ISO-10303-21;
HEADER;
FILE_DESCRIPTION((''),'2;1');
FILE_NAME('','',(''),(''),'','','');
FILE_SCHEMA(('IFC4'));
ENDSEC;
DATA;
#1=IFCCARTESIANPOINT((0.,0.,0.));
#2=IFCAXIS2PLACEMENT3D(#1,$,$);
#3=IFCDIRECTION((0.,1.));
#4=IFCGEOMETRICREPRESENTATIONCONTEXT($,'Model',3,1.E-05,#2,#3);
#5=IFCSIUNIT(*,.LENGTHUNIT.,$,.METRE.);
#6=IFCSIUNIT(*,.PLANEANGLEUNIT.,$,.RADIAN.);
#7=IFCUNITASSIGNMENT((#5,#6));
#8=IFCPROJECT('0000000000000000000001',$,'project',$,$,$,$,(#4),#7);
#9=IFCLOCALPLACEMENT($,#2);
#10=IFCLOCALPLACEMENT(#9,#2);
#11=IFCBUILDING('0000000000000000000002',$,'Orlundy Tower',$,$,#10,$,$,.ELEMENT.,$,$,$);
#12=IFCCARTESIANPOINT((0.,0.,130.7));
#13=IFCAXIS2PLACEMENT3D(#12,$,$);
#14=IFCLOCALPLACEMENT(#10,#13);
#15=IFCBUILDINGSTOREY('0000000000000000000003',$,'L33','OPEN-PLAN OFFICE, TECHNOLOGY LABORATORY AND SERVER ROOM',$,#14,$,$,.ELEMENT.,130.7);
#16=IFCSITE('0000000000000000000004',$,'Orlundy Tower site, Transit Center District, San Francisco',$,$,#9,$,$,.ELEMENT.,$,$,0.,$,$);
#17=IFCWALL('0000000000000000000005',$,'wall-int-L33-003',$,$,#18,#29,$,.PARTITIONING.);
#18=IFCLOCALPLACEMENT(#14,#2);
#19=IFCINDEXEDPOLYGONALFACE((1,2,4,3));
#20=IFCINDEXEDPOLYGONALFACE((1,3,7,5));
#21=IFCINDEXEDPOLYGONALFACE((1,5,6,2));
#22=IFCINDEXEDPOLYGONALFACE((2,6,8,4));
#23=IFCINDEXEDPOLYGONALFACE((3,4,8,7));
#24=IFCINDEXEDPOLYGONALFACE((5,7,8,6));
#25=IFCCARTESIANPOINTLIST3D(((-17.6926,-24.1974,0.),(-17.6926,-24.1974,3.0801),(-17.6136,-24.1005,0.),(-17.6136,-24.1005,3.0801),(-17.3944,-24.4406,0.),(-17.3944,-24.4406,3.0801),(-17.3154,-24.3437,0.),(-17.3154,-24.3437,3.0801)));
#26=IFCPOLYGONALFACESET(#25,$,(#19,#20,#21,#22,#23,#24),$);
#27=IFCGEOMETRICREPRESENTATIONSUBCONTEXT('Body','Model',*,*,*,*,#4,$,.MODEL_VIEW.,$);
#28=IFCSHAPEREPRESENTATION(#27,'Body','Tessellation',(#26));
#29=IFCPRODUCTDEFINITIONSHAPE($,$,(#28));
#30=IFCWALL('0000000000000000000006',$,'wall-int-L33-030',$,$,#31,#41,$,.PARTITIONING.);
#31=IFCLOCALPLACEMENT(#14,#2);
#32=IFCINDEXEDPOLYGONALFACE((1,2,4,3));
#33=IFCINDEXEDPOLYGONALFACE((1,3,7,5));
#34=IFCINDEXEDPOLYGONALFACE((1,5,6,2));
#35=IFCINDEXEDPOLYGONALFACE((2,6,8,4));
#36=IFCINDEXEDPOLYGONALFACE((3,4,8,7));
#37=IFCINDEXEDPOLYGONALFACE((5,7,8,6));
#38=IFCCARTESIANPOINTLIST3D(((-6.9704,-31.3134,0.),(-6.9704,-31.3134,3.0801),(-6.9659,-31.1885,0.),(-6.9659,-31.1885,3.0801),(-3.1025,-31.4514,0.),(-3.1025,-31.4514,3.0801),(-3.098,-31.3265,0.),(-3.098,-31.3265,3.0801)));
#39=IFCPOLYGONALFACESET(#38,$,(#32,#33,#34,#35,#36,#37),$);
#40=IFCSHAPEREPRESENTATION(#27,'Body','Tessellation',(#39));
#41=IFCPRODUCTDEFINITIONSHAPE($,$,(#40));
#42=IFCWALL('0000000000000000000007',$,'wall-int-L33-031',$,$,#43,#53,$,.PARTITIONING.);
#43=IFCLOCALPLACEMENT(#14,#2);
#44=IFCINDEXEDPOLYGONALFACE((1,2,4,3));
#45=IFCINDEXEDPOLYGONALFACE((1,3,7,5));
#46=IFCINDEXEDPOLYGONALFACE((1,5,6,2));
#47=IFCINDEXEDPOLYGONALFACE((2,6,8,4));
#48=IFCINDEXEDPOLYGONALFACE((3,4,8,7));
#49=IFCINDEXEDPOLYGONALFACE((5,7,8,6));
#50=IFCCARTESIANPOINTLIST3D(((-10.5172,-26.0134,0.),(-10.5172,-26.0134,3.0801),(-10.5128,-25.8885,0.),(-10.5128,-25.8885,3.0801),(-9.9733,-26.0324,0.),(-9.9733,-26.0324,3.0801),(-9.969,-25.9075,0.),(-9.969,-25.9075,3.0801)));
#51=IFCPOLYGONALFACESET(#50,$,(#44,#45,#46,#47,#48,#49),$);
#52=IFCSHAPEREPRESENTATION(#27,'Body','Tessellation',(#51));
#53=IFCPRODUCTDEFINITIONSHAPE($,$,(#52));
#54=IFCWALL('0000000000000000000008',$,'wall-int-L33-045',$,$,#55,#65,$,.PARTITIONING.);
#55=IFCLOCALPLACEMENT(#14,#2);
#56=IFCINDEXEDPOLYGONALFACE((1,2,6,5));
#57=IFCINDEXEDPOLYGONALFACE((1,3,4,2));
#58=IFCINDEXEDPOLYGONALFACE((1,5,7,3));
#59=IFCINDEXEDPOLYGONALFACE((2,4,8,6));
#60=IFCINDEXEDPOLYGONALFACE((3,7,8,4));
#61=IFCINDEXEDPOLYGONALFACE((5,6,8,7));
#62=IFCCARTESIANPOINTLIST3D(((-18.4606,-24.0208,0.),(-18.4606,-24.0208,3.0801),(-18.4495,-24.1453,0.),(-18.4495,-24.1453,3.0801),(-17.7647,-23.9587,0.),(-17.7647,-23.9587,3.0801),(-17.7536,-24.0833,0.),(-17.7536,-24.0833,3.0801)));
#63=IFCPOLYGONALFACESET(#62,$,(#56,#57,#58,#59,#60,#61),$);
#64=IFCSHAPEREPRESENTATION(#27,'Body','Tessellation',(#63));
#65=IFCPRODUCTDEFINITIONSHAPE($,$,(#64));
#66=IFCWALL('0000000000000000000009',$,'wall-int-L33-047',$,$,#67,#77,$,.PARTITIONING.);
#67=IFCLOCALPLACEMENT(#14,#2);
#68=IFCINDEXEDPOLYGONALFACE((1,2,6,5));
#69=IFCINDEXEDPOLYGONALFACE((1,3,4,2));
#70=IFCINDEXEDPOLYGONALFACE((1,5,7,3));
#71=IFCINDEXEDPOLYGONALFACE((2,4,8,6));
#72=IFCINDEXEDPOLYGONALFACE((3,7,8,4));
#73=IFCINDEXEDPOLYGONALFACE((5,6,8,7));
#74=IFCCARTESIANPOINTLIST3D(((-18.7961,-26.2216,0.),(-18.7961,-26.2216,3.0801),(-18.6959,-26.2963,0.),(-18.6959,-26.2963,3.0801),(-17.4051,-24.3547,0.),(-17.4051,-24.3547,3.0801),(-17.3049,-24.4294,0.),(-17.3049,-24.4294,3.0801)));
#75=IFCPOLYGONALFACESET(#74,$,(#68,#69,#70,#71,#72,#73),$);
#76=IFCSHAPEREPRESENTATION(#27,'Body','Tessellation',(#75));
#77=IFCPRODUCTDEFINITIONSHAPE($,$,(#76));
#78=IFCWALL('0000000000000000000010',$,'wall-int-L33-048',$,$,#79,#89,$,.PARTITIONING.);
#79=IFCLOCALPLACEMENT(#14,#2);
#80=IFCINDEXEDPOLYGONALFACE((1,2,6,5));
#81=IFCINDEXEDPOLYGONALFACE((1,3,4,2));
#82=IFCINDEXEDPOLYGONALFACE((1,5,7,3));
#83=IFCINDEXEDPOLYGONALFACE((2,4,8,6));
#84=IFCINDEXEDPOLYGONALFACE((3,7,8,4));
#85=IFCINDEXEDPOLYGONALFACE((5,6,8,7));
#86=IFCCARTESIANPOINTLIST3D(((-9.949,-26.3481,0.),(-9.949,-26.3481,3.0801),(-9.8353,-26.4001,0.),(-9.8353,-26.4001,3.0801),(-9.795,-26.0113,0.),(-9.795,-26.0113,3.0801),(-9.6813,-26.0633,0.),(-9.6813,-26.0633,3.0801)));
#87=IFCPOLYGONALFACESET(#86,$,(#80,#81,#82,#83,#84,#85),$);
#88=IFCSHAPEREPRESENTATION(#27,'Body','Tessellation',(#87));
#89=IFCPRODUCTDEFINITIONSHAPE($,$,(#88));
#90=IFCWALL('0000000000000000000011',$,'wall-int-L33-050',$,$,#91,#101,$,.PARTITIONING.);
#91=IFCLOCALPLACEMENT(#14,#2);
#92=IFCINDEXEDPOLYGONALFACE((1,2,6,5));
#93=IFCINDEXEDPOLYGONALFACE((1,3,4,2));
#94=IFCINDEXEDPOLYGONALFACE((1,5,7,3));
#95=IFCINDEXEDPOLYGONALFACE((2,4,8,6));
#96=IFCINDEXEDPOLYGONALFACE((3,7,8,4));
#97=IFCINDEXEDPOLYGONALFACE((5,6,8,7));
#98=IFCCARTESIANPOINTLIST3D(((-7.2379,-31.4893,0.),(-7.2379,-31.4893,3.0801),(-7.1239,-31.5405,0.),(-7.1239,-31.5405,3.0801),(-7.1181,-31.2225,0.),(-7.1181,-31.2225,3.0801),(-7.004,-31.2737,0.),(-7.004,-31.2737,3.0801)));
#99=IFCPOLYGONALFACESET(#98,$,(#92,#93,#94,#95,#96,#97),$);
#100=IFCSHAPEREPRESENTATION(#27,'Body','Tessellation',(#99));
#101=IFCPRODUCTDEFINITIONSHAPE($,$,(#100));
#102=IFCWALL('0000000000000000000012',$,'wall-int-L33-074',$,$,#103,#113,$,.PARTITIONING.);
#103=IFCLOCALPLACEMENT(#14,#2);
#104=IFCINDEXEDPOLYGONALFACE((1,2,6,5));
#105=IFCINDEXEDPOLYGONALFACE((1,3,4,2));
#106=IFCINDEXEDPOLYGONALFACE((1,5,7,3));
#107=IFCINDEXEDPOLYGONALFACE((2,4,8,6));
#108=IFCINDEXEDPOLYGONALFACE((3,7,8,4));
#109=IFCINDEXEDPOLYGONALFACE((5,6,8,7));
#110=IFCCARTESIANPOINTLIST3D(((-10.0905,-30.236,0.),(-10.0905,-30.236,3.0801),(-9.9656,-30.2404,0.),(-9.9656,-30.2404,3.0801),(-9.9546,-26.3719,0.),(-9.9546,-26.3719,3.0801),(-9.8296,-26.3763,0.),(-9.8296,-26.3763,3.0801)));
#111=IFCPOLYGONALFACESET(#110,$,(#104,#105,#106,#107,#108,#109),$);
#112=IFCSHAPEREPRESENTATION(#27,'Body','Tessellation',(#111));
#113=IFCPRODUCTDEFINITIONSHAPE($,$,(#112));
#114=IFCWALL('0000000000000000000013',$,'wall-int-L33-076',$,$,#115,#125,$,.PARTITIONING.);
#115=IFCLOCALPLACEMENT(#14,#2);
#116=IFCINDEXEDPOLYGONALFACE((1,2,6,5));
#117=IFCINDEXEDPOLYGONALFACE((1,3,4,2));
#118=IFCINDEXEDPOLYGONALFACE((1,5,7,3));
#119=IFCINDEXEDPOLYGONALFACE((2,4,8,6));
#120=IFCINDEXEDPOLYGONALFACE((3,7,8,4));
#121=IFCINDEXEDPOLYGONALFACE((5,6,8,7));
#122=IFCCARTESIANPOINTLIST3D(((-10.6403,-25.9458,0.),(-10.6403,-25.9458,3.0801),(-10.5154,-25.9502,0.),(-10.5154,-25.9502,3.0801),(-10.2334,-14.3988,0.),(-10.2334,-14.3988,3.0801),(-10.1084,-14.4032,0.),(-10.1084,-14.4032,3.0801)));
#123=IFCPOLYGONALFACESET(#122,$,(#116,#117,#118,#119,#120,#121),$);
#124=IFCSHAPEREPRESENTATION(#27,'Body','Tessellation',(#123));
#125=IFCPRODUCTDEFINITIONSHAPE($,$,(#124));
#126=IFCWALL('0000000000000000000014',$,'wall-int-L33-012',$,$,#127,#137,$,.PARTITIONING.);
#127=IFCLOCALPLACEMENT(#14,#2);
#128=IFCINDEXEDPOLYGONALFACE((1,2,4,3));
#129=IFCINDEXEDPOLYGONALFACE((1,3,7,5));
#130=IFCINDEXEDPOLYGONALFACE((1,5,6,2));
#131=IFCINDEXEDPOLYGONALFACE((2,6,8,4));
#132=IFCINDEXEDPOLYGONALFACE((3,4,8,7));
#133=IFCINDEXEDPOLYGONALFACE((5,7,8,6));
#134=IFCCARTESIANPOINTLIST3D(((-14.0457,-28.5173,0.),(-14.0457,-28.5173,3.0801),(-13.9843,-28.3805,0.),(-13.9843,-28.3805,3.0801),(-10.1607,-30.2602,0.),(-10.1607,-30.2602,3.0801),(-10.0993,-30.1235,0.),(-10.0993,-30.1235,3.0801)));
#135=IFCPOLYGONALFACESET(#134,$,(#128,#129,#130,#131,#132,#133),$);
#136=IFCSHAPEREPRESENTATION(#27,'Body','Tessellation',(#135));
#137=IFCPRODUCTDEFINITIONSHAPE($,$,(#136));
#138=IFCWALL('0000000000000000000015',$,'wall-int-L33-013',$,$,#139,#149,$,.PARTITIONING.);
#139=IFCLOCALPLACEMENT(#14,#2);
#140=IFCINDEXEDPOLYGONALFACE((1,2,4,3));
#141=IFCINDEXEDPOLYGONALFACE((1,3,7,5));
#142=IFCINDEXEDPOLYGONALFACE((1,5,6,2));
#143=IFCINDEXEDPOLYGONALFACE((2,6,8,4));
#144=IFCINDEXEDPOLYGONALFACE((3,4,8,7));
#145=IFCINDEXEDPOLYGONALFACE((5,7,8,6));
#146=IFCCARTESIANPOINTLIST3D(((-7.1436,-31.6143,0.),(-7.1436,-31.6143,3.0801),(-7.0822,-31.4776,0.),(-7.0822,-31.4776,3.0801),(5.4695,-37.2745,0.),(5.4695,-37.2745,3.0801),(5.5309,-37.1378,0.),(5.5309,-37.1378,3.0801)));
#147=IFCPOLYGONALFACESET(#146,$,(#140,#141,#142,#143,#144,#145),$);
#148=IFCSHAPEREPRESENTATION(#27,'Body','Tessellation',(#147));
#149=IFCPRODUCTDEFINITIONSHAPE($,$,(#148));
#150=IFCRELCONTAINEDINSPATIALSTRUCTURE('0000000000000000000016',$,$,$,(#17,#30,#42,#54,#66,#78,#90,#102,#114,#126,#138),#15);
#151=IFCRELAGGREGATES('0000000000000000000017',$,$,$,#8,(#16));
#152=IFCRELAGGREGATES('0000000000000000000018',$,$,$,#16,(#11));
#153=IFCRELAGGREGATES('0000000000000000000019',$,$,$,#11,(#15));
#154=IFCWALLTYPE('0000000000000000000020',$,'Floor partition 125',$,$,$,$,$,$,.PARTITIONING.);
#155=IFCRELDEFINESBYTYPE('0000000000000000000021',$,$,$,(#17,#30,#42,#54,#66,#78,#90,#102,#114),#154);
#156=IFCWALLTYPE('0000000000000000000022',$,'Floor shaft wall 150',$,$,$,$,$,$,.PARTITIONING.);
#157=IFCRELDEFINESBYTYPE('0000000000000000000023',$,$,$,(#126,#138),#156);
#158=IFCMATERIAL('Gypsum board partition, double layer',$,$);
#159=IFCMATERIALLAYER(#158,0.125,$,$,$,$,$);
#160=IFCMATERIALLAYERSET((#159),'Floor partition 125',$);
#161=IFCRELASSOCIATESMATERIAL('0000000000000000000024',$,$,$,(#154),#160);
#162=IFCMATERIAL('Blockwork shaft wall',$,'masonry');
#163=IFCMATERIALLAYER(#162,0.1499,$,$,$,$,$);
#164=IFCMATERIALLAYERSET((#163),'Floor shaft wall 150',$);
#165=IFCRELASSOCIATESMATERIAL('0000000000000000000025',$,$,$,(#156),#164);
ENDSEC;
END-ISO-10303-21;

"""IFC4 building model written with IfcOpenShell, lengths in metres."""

from ifc_helpers import new_model, si_unit, direction, frame, frame_2d, origin, place, context, subcontext, project, spatial, rectangle, extrude, material, layer, layer_set, type_object, element, save


model = new_model("IFC4")

# Units and contexts
model_context = context("Model", 3, precision=1e-05, world=origin(), true_north=direction((0.0, 1.0)))
body_context = subcontext(model_context, "Body", "Model", "MODEL_VIEW")
ifc_project = project(units=[si_unit("LENGTHUNIT", "METRE"), si_unit("PLANEANGLEUNIT", "RADIAN")], contexts=[model_context])

# Site, building, storey
site_placement = place(None, origin())
site = spatial("IfcSite", under=ifc_project, at=site_placement, Name="Orlundy Tower site, Transit Center District, San Francisco", CompositionType="ELEMENT", RefElevation=0.0)
building_placement = place(site_placement, origin())
building = spatial("IfcBuilding", under=site, at=building_placement, Name="Orlundy Tower", CompositionType="ELEMENT")
storey_placement = place(building_placement, frame((0.0, 0.0, 130.7)))
storey = spatial("IfcBuildingStorey", under=building, at=storey_placement, Name="L33", Description="OPEN-PLAN OFFICE, TECHNOLOGY LABORATORY AND SERVER ROOM", CompositionType="ELEMENT", Elevation=130.7)

# Shared definitions
ifc_material_1 = material(Name="Gypsum board partition, double layer")
ifc_layer_1 = layer(ifc_material_1, 0.125)
ifc_layer_set_1 = layer_set([ifc_layer_1], Name="Floor partition 125")
wall_type_1 = type_object("IfcWallType", Name="Floor partition 125", PredefinedType="PARTITIONING", material=ifc_layer_set_1)

# Walls
wall_1_placement = place(storey_placement, frame((-17.6531, -24.1489, 0.0), z_axis=(0.0, 0.0, 1.0), x_axis=(0.77489, -0.632097, 0.0)))
element("IfcWall", 1, at=wall_1_placement, inside=storey, type_object=wall_type_1, Name="wall-int-L33-003", PredefinedType="PARTITIONING", context=body_context, shape_type="SweptSolid", body=[
    extrude(rectangle(XDim=0.3848, YDim=0.125, at=frame_2d((0.1924, 0.0))), origin(), (0.0, 0.0, 1.0), 3.0801),
])
wall_2_placement = place(storey_placement, frame((-6.968, -31.251, 0.0), z_axis=(0.0, 0.0, 1.0), x_axis=(0.999365, -0.03564, 0.0)))
element("IfcWall", 2, at=wall_2_placement, inside=storey, type_object=wall_type_1, Name="wall-int-L33-030", PredefinedType="PARTITIONING", context=body_context, shape_type="SweptSolid", body=[
    extrude(rectangle(XDim=3.8704, YDim=0.125, at=frame_2d((1.9351, 0.0))), origin(), (0.0, 0.0, 1.0), 3.0801),
])
wall_3_placement = place(storey_placement, frame((-10.5149, -25.9509, 0.0), z_axis=(0.0, 0.0, 1.0), x_axis=(0.999388, -0.034988, 0.0)))
element("IfcWall", 3, at=wall_3_placement, inside=storey, type_object=wall_type_1, Name="wall-int-L33-031", PredefinedType="PARTITIONING", context=body_context, shape_type="SweptSolid", body=[
    extrude(rectangle(XDim=0.5442, YDim=0.125, at=frame_2d((0.272, 0.0))), origin(), (0.0, 0.0, 1.0), 3.0801),
])
wall_4_placement = place(storey_placement, frame((-18.4551, -24.083, 0.0), z_axis=(0.0, 0.0, 1.0), x_axis=(0.996055, 0.08874, 0.0)))
element("IfcWall", 4, at=wall_4_placement, inside=storey, type_object=wall_type_1, Name="wall-int-L33-045", PredefinedType="PARTITIONING", context=body_context, shape_type="SweptSolid", body=[
    extrude(rectangle(XDim=0.6987, YDim=0.125, at=frame_2d((0.3494, 0.0))), origin(), (0.0, 0.0, 1.0), 3.0801),
])
wall_5_placement = place(storey_placement, frame((-17.355, -24.3921, 0.0), z_axis=(0.0, 0.0, 1.0), x_axis=(-0.597497, -0.801871, 0.0)))
element("IfcWall", 5, at=wall_5_placement, inside=storey, type_object=wall_type_1, Name="wall-int-L33-047", PredefinedType="PARTITIONING", context=body_context, shape_type="SweptSolid", body=[
    extrude(rectangle(XDim=2.3281, YDim=0.125, at=frame_2d((1.1641, 0.0))), origin(), (0.0, 0.0, 1.0), 3.0801),
])
wall_6_placement = place(storey_placement, frame((-9.8921, -26.374, 0.0), z_axis=(0.0, 0.0, 1.0), x_axis=(0.415838, 0.909439, 0.0)))
element("IfcWall", 6, at=wall_6_placement, inside=storey, type_object=wall_type_1, Name="wall-int-L33-048", PredefinedType="PARTITIONING", context=body_context, shape_type="SweptSolid", body=[
    extrude(rectangle(XDim=0.3704, YDim=0.125, at=frame_2d((0.1851, 0.0))), origin(), (0.0, 0.0, 1.0), 3.0801),
])
wall_7_placement = place(storey_placement, frame((-7.1809, -31.5149, 0.0), z_axis=(0.0, 0.0, 1.0), x_axis=(0.409775, 0.912187, 0.0)))
element("IfcWall", 7, at=wall_7_placement, inside=storey, type_object=wall_type_1, Name="wall-int-L33-050", PredefinedType="PARTITIONING", context=body_context, shape_type="SweptSolid", body=[
    extrude(rectangle(XDim=0.2925, YDim=0.125, at=frame_2d((0.1462, 0.0))), origin(), (0.0, 0.0, 1.0), 3.0801),
])
wall_8_placement = place(storey_placement, frame((-10.0281, -30.238, 0.0), z_axis=(0.0, 0.0, 1.0), x_axis=(0.035171, 0.999381, 0.0)))
element("IfcWall", 8, at=wall_8_placement, inside=storey, type_object=wall_type_1, Name="wall-int-L33-074", PredefinedType="PARTITIONING", context=body_context, shape_type="SweptSolid", body=[
    extrude(rectangle(XDim=3.8665, YDim=0.125, at=frame_2d((1.9331, 0.0))), origin(), (0.0, 0.0, 1.0), 3.0801),
])
wall_9_placement = place(storey_placement, frame((-10.5779, -25.948, 0.0), z_axis=(0.0, 0.0, 1.0), x_axis=(0.035223, 0.999379, 0.0)))
element("IfcWall", 9, at=wall_9_placement, inside=storey, type_object=wall_type_1, Name="wall-int-L33-076", PredefinedType="PARTITIONING", context=body_context, shape_type="SweptSolid", body=[
    extrude(rectangle(XDim=11.5542, YDim=0.125, at=frame_2d((5.7771, 0.0))), origin(), (0.0, 0.0, 1.0), 3.0801),
])
ifc_material_2 = material(Name="Blockwork shaft wall", Category="masonry")
ifc_layer_2 = layer(ifc_material_2, 0.1499)
ifc_layer_set_2 = layer_set([ifc_layer_2], Name="Floor shaft wall 150")
wall_type_2 = type_object("IfcWallType", Name="Floor shaft wall 150", PredefinedType="PARTITIONING", material=ifc_layer_set_2)
wall_10_placement = place(storey_placement, frame((-14.0149, -28.449, 0.0), z_axis=(0.0, 0.0, 1.0), x_axis=(0.91239, -0.409323, 0.0)))
element("IfcWall", 10, at=wall_10_placement, inside=storey, type_object=wall_type_2, Name="wall-int-L33-012", PredefinedType="PARTITIONING", context=body_context, shape_type="SweptSolid", body=[
    extrude(rectangle(XDim=4.2581, YDim=0.1499, at=frame_2d((2.1289, 0.0))), origin(), (0.0, 0.0, 1.0), 3.0801),
])
wall_11_placement = place(storey_placement, frame((-7.113, -31.5459, 0.0), z_axis=(0.0, 0.0, 1.0), x_axis=(0.912346, -0.409419, 0.0)))
element("IfcWall", 11, at=wall_11_placement, inside=storey, type_object=wall_type_2, Name="wall-int-L33-013", PredefinedType="PARTITIONING", context=body_context, shape_type="SweptSolid", body=[
    extrude(rectangle(XDim=13.825, YDim=0.1499, at=frame_2d((6.9126, 0.0))), origin(), (0.0, 0.0, 1.0), 3.0801),
])

save(model, "model.ifc")
